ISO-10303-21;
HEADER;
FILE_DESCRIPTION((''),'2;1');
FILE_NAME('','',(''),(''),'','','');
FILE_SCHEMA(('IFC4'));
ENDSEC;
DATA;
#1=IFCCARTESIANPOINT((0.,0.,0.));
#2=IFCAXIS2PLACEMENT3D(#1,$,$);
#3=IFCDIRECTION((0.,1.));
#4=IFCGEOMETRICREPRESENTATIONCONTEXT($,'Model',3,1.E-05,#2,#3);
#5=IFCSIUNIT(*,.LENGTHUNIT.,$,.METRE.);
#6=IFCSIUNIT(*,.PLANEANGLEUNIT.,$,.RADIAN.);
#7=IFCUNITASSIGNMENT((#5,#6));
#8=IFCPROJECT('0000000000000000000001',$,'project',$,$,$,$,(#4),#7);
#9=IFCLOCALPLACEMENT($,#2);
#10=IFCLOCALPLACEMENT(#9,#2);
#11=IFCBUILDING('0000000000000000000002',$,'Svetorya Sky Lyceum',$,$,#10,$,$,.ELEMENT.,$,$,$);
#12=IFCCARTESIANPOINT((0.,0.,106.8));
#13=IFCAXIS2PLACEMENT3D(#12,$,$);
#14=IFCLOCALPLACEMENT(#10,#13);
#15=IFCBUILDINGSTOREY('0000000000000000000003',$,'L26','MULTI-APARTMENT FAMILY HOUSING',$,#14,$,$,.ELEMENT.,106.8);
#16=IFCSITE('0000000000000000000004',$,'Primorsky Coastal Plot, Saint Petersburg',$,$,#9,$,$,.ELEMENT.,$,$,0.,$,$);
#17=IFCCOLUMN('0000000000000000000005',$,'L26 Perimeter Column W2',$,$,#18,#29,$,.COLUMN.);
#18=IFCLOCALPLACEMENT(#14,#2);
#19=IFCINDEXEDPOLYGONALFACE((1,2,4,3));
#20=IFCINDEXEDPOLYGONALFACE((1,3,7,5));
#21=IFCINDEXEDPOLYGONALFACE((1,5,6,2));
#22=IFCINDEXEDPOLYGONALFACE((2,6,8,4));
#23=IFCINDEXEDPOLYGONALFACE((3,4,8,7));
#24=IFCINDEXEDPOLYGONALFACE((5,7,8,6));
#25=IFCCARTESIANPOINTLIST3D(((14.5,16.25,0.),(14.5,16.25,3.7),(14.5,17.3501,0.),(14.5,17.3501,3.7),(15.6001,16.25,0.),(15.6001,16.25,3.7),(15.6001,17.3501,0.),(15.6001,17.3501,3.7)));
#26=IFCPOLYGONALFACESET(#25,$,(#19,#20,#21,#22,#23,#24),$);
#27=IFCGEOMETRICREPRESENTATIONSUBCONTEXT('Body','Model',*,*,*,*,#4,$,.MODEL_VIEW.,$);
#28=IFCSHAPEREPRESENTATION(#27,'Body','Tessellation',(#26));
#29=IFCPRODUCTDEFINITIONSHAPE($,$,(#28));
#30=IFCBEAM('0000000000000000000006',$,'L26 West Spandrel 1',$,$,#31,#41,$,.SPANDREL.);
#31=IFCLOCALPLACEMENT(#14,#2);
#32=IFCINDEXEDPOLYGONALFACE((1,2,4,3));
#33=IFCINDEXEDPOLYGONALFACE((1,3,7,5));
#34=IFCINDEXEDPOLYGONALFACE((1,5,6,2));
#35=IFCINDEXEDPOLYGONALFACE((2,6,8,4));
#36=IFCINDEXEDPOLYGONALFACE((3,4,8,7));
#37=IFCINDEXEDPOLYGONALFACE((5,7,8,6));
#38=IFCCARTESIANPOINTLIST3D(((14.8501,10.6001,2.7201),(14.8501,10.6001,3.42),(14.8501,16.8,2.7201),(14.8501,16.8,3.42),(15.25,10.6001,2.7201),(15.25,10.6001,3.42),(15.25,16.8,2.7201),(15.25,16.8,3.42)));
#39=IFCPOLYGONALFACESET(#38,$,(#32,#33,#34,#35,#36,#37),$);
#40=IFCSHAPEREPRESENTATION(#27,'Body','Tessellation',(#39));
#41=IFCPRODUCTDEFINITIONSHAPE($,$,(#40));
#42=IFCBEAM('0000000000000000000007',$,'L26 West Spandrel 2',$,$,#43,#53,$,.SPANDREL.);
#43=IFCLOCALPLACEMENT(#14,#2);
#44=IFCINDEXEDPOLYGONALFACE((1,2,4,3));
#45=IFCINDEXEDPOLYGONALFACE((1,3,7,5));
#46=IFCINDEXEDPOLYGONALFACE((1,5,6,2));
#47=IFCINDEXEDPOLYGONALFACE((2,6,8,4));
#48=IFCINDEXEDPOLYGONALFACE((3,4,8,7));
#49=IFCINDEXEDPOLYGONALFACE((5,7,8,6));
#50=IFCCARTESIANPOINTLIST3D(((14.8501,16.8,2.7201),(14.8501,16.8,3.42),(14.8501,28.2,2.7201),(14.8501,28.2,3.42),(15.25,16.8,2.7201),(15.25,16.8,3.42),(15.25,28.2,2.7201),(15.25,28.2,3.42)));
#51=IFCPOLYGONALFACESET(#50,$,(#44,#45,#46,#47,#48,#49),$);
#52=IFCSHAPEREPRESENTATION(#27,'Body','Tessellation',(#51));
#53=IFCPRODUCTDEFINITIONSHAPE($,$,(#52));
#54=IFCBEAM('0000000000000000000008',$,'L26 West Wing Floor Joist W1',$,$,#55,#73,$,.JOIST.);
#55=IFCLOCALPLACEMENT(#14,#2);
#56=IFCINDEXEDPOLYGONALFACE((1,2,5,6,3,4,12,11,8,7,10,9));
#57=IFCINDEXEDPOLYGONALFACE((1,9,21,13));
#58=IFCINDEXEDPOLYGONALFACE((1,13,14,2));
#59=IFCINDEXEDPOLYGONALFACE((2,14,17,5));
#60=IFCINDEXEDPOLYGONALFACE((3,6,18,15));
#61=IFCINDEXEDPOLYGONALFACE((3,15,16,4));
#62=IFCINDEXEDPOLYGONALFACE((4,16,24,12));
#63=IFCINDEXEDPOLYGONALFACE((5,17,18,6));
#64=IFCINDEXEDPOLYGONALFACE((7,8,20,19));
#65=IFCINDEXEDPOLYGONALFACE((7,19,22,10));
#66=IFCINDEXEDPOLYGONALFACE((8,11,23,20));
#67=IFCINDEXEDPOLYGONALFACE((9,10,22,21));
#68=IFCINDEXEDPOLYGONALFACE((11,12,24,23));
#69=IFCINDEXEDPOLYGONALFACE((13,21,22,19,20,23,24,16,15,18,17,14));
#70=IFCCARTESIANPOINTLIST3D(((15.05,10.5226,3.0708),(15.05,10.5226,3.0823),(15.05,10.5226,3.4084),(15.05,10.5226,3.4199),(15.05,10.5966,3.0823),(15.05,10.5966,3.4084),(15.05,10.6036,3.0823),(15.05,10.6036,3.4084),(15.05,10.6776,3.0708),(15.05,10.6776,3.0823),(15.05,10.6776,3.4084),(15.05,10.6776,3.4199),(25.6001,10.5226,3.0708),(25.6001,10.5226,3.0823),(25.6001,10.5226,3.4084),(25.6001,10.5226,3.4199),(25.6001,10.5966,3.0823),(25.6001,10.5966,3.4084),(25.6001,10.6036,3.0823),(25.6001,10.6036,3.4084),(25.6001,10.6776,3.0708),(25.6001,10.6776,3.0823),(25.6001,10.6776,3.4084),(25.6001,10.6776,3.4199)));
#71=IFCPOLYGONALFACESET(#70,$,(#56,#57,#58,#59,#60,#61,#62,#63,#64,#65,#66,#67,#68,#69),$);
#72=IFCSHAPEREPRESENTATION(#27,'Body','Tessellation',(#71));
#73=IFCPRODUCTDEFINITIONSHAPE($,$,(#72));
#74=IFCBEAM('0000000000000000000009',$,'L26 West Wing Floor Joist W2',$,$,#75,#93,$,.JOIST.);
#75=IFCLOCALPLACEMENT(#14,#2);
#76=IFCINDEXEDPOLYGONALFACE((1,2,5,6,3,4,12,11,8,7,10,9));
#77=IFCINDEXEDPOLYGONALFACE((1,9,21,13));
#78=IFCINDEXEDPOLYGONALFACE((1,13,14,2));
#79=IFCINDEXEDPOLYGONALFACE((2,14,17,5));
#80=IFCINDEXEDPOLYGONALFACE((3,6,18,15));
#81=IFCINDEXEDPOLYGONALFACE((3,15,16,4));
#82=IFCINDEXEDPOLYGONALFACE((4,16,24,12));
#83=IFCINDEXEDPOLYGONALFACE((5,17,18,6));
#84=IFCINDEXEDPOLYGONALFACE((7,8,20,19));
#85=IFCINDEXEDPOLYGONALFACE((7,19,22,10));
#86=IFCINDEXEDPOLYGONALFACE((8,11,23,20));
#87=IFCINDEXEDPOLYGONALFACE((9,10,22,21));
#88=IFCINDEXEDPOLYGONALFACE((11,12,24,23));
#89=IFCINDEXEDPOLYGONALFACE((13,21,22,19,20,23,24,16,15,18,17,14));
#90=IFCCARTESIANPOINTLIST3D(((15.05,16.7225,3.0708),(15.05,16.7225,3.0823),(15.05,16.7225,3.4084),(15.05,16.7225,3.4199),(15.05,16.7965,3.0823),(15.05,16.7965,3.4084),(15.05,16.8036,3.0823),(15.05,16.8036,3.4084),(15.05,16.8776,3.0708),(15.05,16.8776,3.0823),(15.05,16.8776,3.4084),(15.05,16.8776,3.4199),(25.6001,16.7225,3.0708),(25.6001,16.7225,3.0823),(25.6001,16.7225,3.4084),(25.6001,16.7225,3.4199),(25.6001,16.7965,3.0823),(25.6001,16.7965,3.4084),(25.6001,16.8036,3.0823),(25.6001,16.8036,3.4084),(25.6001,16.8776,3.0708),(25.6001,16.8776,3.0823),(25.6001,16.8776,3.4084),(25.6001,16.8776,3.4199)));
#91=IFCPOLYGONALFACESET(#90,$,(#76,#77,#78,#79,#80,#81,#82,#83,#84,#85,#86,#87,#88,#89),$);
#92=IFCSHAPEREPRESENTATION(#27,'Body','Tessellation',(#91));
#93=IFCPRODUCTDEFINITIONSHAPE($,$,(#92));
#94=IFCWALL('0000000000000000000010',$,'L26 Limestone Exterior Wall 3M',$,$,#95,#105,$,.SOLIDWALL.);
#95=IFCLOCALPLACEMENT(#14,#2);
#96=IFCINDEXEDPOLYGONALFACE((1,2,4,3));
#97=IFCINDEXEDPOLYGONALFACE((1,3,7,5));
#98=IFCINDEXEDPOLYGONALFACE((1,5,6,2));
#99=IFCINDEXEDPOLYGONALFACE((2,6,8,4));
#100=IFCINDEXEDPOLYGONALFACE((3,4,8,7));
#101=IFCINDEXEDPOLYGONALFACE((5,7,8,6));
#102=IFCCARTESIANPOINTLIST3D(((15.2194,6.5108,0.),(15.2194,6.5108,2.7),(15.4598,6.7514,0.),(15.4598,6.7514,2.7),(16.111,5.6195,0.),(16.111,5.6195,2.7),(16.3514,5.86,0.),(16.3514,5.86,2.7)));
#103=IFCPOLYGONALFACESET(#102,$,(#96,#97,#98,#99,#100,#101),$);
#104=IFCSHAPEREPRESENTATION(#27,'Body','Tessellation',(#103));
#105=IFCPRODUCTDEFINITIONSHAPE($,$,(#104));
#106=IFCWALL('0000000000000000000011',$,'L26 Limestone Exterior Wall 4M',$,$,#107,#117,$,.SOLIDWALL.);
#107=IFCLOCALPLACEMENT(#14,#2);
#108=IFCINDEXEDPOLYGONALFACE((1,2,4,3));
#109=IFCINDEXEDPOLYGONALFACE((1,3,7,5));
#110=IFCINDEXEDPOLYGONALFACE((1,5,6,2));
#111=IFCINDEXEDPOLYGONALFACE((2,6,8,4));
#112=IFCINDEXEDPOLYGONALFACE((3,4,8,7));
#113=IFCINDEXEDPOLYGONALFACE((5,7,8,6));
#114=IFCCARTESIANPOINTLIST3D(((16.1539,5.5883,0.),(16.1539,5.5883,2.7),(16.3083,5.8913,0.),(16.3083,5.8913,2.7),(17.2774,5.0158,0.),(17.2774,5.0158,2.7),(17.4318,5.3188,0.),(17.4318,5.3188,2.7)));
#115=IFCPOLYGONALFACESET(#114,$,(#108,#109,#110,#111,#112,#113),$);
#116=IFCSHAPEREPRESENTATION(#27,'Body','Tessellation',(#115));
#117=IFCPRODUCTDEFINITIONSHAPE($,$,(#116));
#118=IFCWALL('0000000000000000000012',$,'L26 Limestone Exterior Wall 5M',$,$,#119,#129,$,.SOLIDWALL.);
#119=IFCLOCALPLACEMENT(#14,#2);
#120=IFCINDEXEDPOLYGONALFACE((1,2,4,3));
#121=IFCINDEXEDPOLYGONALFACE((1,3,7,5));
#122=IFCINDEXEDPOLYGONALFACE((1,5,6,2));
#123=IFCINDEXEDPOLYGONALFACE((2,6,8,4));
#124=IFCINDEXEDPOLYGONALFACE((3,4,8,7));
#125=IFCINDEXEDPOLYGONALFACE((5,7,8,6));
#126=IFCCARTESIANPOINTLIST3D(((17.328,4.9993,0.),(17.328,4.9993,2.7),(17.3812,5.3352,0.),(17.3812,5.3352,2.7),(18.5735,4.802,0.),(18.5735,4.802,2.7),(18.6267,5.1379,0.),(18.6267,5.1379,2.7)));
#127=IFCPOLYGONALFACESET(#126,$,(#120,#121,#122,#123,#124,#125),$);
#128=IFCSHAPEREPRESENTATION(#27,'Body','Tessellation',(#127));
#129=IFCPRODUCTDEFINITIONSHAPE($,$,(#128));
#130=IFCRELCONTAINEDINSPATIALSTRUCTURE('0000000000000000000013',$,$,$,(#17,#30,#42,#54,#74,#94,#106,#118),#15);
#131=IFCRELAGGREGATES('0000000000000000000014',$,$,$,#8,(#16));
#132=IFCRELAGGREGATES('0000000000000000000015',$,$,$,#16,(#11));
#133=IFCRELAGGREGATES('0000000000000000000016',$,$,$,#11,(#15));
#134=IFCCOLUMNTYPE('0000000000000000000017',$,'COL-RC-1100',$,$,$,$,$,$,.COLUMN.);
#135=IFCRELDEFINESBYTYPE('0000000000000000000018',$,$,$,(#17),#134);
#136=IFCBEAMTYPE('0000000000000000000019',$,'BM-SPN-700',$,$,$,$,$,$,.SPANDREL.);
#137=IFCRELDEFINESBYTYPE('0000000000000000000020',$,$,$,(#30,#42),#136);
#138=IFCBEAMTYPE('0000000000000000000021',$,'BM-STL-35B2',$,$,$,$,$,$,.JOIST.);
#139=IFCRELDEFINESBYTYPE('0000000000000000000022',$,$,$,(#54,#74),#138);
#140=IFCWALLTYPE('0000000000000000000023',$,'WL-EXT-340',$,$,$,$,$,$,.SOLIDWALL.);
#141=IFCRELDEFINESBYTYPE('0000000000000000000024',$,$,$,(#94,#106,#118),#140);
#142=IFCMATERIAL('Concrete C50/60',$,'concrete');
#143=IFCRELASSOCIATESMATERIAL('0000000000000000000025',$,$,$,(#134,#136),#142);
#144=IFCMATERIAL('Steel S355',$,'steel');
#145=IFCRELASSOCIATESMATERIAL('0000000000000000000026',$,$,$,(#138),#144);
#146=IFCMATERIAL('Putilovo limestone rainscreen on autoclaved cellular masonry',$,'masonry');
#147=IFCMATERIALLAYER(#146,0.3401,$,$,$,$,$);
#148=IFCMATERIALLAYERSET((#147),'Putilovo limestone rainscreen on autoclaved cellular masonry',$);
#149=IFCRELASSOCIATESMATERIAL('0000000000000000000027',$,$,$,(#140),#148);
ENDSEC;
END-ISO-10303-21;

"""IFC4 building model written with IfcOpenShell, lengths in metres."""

from ifc_helpers import new_model, si_unit, direction, frame, frame_2d, origin, origin_2d, place, context, subcontext, project, spatial, rectangle, i_section, extrude, material, layer, layer_set, material_profile, profile_set, type_object, element, save


model = new_model("IFC4")

# Units and contexts
model_context = context("Model", 3, precision=1e-05, world=origin(), true_north=direction((0.0, 1.0)))
body_context = subcontext(model_context, "Body", "Model", "MODEL_VIEW")
ifc_project = project(units=[si_unit("LENGTHUNIT", "METRE"), si_unit("PLANEANGLEUNIT", "RADIAN")], contexts=[model_context])

# Site, building, storey
site_placement = place(None, origin())
site = spatial("IfcSite", under=ifc_project, at=site_placement, Name="Primorsky Coastal Plot, Saint Petersburg", CompositionType="ELEMENT", RefElevation=0.0)
building_placement = place(site_placement, origin())
building = spatial("IfcBuilding", under=site, at=building_placement, Name="Svetorya Sky Lyceum", CompositionType="ELEMENT")
storey_placement = place(building_placement, frame((0.0, 0.0, 106.8)))
storey = spatial("IfcBuildingStorey", under=building, at=storey_placement, Name="L26", Description="MULTI-APARTMENT FAMILY HOUSING", CompositionType="ELEMENT", Elevation=106.8)

# Column
ifc_material_1 = material(Name="Concrete C50/60", Category="concrete")
ifc_material_profile_1 = material_profile(ifc_material_1, rectangle(XDim=1.1001, YDim=1.1001, at=origin_2d()), Name="RC COL 1100x1100")
ifc_profile_set_1 = profile_set([ifc_material_profile_1], Name="Concrete C50/60")
column_type = type_object("IfcColumnType", Name="COL-RC-1100", PredefinedType="COLUMN", material=ifc_profile_set_1)
column_placement = place(storey_placement, frame((15.05, 16.8, 0.0), z_axis=(0.0, 0.0, 1.0), x_axis=(1.0, 0.0, 0.0)))
element("IfcColumn", 1, at=column_placement, inside=storey, type_object=column_type, Name="L26 Perimeter Column W2", PredefinedType="COLUMN", context=body_context, shape_type="SweptSolid", body=[
    extrude(rectangle(XDim=1.1001, YDim=1.1001, at=origin_2d()), origin(), (0.0, 0.0, 1.0), 3.7),
])

# Beams
ifc_material_profile_2 = material_profile(ifc_material_1, rectangle(XDim=0.3999, YDim=0.7, at=origin_2d()), Name="RC SPANDREL 400x700")
ifc_profile_set_2 = profile_set([ifc_material_profile_2], Name="Concrete C50/60")
beam_type_1 = type_object("IfcBeamType", Name="BM-SPN-700", PredefinedType="SPANDREL", material=ifc_profile_set_2)
beam_1_placement = place(storey_placement, frame((15.05, 10.6001, 3.0701), z_axis=(0.0, 1.0, 0.0), x_axis=(-1.0, 0.0, 0.0)))
element("IfcBeam", 2, at=beam_1_placement, inside=storey, type_object=beam_type_1, Name="L26 West Spandrel 1", PredefinedType="SPANDREL", context=body_context, shape_type="SweptSolid", body=[
    extrude(rectangle(XDim=0.3999, YDim=0.7, at=origin_2d()), origin(), (0.0, 0.0, 1.0), 6.2),
])
beam_2_placement = place(storey_placement, frame((15.05, 16.8, 3.0701), z_axis=(0.0, 1.0, 0.0), x_axis=(-1.0, 0.0, 0.0)))
element("IfcBeam", 3, at=beam_2_placement, inside=storey, type_object=beam_type_1, Name="L26 West Spandrel 2", PredefinedType="SPANDREL", context=body_context, shape_type="SweptSolid", body=[
    extrude(rectangle(XDim=0.3999, YDim=0.7, at=origin_2d()), origin(), (0.0, 0.0, 1.0), 11.3999),
])
ifc_material_2 = material(Name="Steel S355", Category="steel")
ifc_material_profile_3 = material_profile(ifc_material_2, i_section(OverallWidth=0.155, OverallDepth=0.3491, WebThickness=0.0071, FlangeThickness=0.0115, at=origin_2d()), Name="GOST 35B2")
ifc_profile_set_3 = profile_set([ifc_material_profile_3], Name="Steel S355")
beam_type_2 = type_object("IfcBeamType", Name="BM-STL-35B2", PredefinedType="JOIST", material=ifc_profile_set_3)
for number, where, z_axis, x_axis, name in (
    (4, (15.05, 10.6001, 3.2454), (1.0, 0.0, 0.0), (0.0, 1.0, 0.0), "L26 West Wing Floor Joist W1"),
    (5, (15.05, 16.8, 3.2454), (1.0, 0.0, 0.0), (0.0, 1.0, 0.0), "L26 West Wing Floor Joist W2"),
):
    element("IfcBeam", number, at=place(storey_placement, frame(where, z_axis=z_axis, x_axis=x_axis)), inside=storey, type_object=beam_type_2, Name=name, PredefinedType="JOIST", context=body_context, shape_type="SweptSolid", body=[
        extrude(i_section(OverallWidth=0.155, OverallDepth=0.3491, WebThickness=0.0071, FlangeThickness=0.0115, at=origin_2d()), origin(), (0.0, 0.0, 1.0), 10.55),
    ])

# Walls
ifc_material_3 = material(Name="Putilovo limestone rainscreen on autoclaved cellular masonry", Category="masonry")
ifc_layer_1 = layer(ifc_material_3, 0.3401)
ifc_layer_set_1 = layer_set([ifc_layer_1], Name="Putilovo limestone rainscreen on autoclaved cellular masonry")
wall_type_1 = type_object("IfcWallType", Name="WL-EXT-340", PredefinedType="SOLIDWALL", material=ifc_layer_set_1)
wall_1_placement = place(storey_placement, frame((15.3396, 6.6311, 0.0), z_axis=(0.0, 0.0, 1.0), x_axis=(0.707204, -0.70701, 0.0)))
element("IfcWall", 6, at=wall_1_placement, inside=storey, type_object=wall_type_1, Name="L26 Limestone Exterior Wall 3M", PredefinedType="SOLIDWALL", context=body_context, shape_type="SweptSolid", body=[
    extrude(rectangle(XDim=1.2607, YDim=0.3401, at=frame_2d((0.6304, 0.0))), origin(), (0.0, 0.0, 1.0), 2.7),
])
for number, where, z_axis, x_axis, name in (
    (7, (16.2312, 5.7397, 0.0), (0.0, 0.0, 1.0), (0.890994, -0.454016, 0.0), "L26 Limestone Exterior Wall 4M"),
    (8, (17.3547, 5.1672, 0.0), (0.0, 0.0, 1.0), (0.987686, -0.15645, 0.0), "L26 Limestone Exterior Wall 5M"),
):
    element("IfcWall", number, at=place(storey_placement, frame(where, z_axis=z_axis, x_axis=x_axis)), inside=storey, type_object=wall_type_1, Name=name, PredefinedType="SOLIDWALL", context=body_context, shape_type="SweptSolid", body=[
        extrude(rectangle(XDim=1.261, YDim=0.3401, at=frame_2d((0.6304, 0.0))), origin(), (0.0, 0.0, 1.0), 2.7),
    ])

save(model, "model.ifc")
